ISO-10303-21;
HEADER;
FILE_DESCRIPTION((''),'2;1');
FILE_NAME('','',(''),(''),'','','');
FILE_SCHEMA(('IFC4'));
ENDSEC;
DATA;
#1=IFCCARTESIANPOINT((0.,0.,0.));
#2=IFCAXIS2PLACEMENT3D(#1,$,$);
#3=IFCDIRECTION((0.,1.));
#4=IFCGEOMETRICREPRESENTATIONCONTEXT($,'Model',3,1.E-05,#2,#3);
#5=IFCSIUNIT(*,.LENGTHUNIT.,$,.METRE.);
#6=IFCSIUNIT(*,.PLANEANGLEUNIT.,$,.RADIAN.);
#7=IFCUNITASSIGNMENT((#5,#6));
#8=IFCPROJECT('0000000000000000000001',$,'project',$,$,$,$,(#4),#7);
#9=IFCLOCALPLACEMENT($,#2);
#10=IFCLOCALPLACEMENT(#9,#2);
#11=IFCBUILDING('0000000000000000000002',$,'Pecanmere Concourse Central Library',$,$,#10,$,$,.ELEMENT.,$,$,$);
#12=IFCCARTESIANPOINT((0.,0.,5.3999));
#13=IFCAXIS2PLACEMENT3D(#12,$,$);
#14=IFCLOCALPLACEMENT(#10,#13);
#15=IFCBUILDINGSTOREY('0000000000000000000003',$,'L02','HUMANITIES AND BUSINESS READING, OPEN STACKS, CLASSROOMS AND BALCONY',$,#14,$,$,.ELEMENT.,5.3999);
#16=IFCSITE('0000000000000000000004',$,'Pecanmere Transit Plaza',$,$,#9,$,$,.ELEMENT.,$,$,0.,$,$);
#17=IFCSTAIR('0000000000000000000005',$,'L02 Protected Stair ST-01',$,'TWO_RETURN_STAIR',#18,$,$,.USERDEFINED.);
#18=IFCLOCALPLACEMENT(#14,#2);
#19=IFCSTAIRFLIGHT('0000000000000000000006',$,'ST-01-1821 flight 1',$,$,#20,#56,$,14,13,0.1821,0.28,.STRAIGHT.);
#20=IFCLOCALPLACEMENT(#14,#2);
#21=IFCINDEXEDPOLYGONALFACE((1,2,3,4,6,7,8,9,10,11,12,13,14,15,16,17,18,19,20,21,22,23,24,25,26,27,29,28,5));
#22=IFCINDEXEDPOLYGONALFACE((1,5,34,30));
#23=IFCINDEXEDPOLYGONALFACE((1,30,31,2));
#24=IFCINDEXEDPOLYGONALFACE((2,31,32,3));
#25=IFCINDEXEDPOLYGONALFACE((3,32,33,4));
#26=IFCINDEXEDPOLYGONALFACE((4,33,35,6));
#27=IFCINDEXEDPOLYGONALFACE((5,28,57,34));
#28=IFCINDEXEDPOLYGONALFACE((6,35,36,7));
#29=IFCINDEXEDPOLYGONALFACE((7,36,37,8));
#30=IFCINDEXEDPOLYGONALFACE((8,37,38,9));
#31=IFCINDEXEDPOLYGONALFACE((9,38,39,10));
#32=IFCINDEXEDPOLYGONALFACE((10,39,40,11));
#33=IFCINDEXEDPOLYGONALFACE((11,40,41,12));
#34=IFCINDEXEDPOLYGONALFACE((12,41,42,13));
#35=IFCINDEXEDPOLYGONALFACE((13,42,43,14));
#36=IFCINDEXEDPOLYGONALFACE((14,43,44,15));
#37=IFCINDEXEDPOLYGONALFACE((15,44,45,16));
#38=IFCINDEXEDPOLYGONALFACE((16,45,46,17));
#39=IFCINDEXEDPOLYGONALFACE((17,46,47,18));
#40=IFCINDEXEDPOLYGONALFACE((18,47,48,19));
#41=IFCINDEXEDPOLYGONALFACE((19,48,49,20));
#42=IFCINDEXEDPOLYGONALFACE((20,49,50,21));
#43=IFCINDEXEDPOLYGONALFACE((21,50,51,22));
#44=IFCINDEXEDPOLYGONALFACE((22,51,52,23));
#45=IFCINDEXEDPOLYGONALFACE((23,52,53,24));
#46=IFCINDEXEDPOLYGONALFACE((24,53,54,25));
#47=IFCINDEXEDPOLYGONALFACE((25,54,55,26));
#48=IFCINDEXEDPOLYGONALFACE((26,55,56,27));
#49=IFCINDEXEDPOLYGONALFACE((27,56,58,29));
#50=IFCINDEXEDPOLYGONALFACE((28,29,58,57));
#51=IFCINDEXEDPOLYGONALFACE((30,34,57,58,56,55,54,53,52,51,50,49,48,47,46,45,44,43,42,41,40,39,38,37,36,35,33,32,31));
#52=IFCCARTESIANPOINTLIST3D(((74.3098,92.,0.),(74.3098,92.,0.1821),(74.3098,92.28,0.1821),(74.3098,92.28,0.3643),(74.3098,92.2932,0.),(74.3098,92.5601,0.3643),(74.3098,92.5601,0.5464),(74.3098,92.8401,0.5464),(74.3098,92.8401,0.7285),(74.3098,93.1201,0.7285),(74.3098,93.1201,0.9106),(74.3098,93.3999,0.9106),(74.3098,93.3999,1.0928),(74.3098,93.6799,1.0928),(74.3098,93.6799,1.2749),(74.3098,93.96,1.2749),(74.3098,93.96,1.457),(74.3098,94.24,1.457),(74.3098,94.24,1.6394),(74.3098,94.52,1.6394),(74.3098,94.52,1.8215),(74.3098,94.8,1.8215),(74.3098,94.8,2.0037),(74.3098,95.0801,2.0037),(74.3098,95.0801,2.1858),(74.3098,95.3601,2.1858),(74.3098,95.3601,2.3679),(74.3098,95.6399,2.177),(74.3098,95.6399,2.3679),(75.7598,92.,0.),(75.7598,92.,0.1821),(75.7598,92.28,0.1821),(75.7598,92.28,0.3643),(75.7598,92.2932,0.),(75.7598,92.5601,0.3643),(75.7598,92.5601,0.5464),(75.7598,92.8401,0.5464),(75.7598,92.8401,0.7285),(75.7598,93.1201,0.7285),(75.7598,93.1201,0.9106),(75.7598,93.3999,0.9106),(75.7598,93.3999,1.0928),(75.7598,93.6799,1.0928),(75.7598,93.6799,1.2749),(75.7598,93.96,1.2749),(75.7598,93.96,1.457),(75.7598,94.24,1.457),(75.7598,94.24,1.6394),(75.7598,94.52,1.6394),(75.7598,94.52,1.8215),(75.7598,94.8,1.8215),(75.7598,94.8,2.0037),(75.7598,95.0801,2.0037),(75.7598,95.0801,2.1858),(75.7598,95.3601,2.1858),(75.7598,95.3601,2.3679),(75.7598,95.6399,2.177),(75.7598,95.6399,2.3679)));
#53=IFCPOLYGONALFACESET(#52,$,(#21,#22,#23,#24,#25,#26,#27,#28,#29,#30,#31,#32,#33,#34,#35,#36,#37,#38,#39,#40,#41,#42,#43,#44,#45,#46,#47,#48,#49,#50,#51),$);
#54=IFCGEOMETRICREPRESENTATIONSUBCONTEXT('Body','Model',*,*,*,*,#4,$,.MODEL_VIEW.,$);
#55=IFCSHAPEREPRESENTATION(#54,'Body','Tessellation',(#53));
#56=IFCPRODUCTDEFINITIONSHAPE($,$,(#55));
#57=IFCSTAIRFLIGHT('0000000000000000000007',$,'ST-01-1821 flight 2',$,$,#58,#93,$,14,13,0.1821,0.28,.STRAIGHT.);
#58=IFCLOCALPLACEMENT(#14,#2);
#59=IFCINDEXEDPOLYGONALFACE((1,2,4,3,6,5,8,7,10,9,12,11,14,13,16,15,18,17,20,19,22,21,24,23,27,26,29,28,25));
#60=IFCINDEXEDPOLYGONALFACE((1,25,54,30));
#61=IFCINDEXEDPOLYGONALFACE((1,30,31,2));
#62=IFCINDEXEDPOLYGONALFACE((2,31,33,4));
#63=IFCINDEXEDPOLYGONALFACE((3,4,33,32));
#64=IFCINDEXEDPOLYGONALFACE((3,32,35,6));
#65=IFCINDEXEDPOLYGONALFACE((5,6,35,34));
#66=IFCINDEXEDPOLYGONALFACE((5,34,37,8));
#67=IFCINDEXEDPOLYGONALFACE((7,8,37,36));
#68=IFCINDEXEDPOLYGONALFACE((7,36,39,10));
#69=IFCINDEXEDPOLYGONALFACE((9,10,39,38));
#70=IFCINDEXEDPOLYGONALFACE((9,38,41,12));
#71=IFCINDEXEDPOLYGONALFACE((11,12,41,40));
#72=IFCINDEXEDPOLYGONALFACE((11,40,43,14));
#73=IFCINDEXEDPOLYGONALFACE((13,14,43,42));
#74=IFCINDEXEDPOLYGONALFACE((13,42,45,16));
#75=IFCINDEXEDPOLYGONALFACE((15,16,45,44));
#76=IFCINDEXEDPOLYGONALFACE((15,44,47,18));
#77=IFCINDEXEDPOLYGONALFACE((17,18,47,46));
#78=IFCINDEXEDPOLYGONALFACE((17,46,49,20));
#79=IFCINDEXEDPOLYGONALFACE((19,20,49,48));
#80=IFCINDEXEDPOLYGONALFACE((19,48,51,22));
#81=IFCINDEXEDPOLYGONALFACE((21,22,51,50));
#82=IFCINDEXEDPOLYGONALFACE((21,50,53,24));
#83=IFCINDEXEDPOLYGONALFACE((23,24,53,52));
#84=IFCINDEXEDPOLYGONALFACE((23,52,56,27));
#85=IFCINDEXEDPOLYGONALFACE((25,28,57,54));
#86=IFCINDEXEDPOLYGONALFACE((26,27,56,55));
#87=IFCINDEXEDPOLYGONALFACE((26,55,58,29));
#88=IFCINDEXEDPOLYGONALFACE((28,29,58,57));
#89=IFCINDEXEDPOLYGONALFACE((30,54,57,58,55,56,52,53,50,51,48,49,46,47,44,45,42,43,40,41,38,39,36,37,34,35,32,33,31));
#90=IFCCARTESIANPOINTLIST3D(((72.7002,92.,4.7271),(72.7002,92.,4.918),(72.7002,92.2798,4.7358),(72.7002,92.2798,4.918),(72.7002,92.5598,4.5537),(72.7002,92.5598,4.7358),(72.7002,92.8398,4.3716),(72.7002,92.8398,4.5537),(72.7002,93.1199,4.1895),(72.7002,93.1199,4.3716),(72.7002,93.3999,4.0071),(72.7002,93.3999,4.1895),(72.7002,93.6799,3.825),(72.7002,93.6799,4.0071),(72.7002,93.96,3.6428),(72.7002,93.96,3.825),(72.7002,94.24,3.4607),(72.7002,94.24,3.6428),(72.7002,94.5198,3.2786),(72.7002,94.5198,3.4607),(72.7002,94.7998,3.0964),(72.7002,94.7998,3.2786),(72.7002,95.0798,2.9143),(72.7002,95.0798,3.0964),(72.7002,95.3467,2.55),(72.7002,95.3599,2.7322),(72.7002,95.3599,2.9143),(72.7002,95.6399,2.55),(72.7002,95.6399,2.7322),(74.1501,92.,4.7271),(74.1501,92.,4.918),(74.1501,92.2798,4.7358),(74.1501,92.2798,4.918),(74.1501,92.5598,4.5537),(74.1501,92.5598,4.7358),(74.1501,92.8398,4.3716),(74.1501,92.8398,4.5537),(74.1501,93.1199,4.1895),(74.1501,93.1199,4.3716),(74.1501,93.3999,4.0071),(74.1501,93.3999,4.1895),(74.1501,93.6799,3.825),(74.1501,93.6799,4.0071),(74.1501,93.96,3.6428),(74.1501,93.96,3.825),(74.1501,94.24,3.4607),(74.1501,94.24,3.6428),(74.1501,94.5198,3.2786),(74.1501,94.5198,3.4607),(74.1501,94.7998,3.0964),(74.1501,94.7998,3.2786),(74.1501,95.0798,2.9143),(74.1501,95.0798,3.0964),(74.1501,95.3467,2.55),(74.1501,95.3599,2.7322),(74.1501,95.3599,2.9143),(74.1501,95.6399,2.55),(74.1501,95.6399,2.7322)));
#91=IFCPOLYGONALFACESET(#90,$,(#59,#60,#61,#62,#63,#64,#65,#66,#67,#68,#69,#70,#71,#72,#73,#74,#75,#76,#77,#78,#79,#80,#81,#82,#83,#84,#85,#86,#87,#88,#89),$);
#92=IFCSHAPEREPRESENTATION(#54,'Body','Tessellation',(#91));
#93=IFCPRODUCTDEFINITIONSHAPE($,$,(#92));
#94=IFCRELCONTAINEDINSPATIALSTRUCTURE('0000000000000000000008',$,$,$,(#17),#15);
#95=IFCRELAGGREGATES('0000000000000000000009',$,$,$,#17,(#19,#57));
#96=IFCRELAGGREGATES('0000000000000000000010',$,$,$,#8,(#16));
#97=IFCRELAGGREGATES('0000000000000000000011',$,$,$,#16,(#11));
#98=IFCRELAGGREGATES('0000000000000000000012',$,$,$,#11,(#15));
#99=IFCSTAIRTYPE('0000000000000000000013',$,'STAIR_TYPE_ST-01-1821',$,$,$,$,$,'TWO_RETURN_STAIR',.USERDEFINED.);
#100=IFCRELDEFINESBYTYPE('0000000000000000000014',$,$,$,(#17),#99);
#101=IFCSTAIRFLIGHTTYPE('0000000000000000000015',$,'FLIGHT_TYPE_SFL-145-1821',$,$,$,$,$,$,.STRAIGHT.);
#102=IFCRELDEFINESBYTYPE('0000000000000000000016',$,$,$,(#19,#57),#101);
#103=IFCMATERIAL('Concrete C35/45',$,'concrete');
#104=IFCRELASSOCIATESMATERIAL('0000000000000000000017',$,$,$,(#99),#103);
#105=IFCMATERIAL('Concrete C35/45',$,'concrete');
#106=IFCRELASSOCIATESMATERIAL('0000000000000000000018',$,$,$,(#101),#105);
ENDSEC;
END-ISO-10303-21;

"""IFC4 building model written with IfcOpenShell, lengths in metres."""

from ifc_helpers import new_model, si_unit, direction, frame, origin, place, context, subcontext, project, spatial, polyline, outline, extrude, material, type_object, element, aggregate, save


model = new_model("IFC4")

# Units and contexts
model_context = context("Model", 3, precision=1e-05, world=origin(), true_north=direction((0.0, 1.0)))
body_context = subcontext(model_context, "Body", "Model", "MODEL_VIEW")
ifc_project = project(units=[si_unit("LENGTHUNIT", "METRE"), si_unit("PLANEANGLEUNIT", "RADIAN")], contexts=[model_context])

# Site, building, storey
site_placement = place(None, origin())
site = spatial("IfcSite", under=ifc_project, at=site_placement, Name="Pecanmere Transit Plaza", CompositionType="ELEMENT", RefElevation=0.0)
building_placement = place(site_placement, origin())
building = spatial("IfcBuilding", under=site, at=building_placement, Name="Pecanmere Concourse Central Library", CompositionType="ELEMENT")
storey_placement = place(building_placement, frame((0.0, 0.0, 5.3999)))
storey = spatial("IfcBuildingStorey", under=building, at=storey_placement, Name="L02", Description="HUMANITIES AND BUSINESS READING, OPEN STACKS, CLASSROOMS AND BALCONY", CompositionType="ELEMENT", Elevation=5.3999)

# Stair, stair flights
ifc_material_1 = material(Name="Concrete C35/45", Category="concrete")
stair_type = type_object("IfcStairType", Name="STAIR_TYPE_ST-01-1821", ElementType="TWO_RETURN_STAIR", PredefinedType="USERDEFINED", material=ifc_material_1)
stair_placement = place(storey_placement, origin())
stair = element("IfcStair", 1, at=stair_placement, inside=storey, type_object=stair_type, Name="L02 Protected Stair ST-01", ObjectType="TWO_RETURN_STAIR", PredefinedType="USERDEFINED")
ifc_material_2 = material(Name="Concrete C35/45", Category="concrete")
stair_flight_type = type_object("IfcStairFlightType", Name="FLIGHT_TYPE_SFL-145-1821", PredefinedType="STRAIGHT", material=ifc_material_2)
stair_flight_1_placement = place(storey_placement, frame((75.0349, 92.0, 0.0), z_axis=(0.0, 0.0, 1.0), x_axis=(0.0, 1.0, 0.0)))
stair_flight_1 = element("IfcStairFlight", 2, at=stair_flight_1_placement, type_object=stair_flight_type, Name="ST-01-1821 flight 1", NumberOfRisers=14, NumberOfTreads=13, PredefinedType="STRAIGHT", RiserHeight=0.1821, TreadLength=0.28, context=body_context, shape_type="SweptSolid", body=[
    extrude(outline(polyline([(0.0, 0.0), (0.0, 0.1821), (0.28, 0.1821), (0.28, 0.3643), (0.5601, 0.3643), (0.5601, 0.5464), (0.8401, 0.5464), (0.8401, 0.7285), (1.1201, 0.7285), (1.1201, 0.9106), (1.3999, 0.9106), (1.3999, 1.0928), (1.6799, 1.0928), (1.6799, 1.2749), (1.96, 1.2749), (1.96, 1.457), (2.24, 1.457), (2.24, 1.6394), (2.52, 1.6394), (2.52, 1.8215), (2.8, 1.8215), (2.8, 2.0037), (3.0801, 2.0037), (3.0801, 2.1858), (3.3601, 2.1858), (3.3601, 2.3679), (3.6399, 2.3679), (3.6399, 2.55), (3.6399, 2.177), (0.2932, 0.0), (0.0, 0.0)])), frame((0.0, 0.7251, 0.0), z_axis=(0.0, -1.0, 0.0), x_axis=(1.0, 0.0, 0.0)), (0.0, 0.0, 1.0), 1.45),
])
stair_flight_2_placement = place(storey_placement, frame((73.425, 95.6399, 2.55), z_axis=(0.0, 0.0, 1.0), x_axis=(0.0, -1.0, 0.0)))
stair_flight_2 = element("IfcStairFlight", 3, at=stair_flight_2_placement, type_object=stair_flight_type, Name="ST-01-1821 flight 2", NumberOfRisers=14, NumberOfTreads=13, PredefinedType="STRAIGHT", RiserHeight=0.1821, TreadLength=0.28, context=body_context, shape_type="SweptSolid", body=[
    extrude(outline(polyline([(0.0, 0.0), (0.0, 0.1821), (0.28, 0.1821), (0.28, 0.3643), (0.5601, 0.3643), (0.5601, 0.5464), (0.8401, 0.5464), (0.8401, 0.7285), (1.1201, 0.7285), (1.1201, 0.9106), (1.3999, 0.9106), (1.3999, 1.0928), (1.6799, 1.0928), (1.6799, 1.2749), (1.96, 1.2749), (1.96, 1.457), (2.24, 1.457), (2.24, 1.6394), (2.52, 1.6394), (2.52, 1.8215), (2.8, 1.8215), (2.8, 2.0037), (3.0801, 2.0037), (3.0801, 2.1858), (3.3601, 2.1858), (3.3601, 2.3679), (3.6399, 2.3679), (3.6399, 2.55), (3.6399, 2.177), (0.2932, 0.0), (0.0, 0.0)])), frame((0.0, 0.7251, 0.0), z_axis=(0.0, -1.0, 0.0), x_axis=(1.0, 0.0, 0.0)), (0.0, 0.0, 1.0), 1.45),
])
aggregate(stair, [stair_flight_1, stair_flight_2])

save(model, "model.ifc")
